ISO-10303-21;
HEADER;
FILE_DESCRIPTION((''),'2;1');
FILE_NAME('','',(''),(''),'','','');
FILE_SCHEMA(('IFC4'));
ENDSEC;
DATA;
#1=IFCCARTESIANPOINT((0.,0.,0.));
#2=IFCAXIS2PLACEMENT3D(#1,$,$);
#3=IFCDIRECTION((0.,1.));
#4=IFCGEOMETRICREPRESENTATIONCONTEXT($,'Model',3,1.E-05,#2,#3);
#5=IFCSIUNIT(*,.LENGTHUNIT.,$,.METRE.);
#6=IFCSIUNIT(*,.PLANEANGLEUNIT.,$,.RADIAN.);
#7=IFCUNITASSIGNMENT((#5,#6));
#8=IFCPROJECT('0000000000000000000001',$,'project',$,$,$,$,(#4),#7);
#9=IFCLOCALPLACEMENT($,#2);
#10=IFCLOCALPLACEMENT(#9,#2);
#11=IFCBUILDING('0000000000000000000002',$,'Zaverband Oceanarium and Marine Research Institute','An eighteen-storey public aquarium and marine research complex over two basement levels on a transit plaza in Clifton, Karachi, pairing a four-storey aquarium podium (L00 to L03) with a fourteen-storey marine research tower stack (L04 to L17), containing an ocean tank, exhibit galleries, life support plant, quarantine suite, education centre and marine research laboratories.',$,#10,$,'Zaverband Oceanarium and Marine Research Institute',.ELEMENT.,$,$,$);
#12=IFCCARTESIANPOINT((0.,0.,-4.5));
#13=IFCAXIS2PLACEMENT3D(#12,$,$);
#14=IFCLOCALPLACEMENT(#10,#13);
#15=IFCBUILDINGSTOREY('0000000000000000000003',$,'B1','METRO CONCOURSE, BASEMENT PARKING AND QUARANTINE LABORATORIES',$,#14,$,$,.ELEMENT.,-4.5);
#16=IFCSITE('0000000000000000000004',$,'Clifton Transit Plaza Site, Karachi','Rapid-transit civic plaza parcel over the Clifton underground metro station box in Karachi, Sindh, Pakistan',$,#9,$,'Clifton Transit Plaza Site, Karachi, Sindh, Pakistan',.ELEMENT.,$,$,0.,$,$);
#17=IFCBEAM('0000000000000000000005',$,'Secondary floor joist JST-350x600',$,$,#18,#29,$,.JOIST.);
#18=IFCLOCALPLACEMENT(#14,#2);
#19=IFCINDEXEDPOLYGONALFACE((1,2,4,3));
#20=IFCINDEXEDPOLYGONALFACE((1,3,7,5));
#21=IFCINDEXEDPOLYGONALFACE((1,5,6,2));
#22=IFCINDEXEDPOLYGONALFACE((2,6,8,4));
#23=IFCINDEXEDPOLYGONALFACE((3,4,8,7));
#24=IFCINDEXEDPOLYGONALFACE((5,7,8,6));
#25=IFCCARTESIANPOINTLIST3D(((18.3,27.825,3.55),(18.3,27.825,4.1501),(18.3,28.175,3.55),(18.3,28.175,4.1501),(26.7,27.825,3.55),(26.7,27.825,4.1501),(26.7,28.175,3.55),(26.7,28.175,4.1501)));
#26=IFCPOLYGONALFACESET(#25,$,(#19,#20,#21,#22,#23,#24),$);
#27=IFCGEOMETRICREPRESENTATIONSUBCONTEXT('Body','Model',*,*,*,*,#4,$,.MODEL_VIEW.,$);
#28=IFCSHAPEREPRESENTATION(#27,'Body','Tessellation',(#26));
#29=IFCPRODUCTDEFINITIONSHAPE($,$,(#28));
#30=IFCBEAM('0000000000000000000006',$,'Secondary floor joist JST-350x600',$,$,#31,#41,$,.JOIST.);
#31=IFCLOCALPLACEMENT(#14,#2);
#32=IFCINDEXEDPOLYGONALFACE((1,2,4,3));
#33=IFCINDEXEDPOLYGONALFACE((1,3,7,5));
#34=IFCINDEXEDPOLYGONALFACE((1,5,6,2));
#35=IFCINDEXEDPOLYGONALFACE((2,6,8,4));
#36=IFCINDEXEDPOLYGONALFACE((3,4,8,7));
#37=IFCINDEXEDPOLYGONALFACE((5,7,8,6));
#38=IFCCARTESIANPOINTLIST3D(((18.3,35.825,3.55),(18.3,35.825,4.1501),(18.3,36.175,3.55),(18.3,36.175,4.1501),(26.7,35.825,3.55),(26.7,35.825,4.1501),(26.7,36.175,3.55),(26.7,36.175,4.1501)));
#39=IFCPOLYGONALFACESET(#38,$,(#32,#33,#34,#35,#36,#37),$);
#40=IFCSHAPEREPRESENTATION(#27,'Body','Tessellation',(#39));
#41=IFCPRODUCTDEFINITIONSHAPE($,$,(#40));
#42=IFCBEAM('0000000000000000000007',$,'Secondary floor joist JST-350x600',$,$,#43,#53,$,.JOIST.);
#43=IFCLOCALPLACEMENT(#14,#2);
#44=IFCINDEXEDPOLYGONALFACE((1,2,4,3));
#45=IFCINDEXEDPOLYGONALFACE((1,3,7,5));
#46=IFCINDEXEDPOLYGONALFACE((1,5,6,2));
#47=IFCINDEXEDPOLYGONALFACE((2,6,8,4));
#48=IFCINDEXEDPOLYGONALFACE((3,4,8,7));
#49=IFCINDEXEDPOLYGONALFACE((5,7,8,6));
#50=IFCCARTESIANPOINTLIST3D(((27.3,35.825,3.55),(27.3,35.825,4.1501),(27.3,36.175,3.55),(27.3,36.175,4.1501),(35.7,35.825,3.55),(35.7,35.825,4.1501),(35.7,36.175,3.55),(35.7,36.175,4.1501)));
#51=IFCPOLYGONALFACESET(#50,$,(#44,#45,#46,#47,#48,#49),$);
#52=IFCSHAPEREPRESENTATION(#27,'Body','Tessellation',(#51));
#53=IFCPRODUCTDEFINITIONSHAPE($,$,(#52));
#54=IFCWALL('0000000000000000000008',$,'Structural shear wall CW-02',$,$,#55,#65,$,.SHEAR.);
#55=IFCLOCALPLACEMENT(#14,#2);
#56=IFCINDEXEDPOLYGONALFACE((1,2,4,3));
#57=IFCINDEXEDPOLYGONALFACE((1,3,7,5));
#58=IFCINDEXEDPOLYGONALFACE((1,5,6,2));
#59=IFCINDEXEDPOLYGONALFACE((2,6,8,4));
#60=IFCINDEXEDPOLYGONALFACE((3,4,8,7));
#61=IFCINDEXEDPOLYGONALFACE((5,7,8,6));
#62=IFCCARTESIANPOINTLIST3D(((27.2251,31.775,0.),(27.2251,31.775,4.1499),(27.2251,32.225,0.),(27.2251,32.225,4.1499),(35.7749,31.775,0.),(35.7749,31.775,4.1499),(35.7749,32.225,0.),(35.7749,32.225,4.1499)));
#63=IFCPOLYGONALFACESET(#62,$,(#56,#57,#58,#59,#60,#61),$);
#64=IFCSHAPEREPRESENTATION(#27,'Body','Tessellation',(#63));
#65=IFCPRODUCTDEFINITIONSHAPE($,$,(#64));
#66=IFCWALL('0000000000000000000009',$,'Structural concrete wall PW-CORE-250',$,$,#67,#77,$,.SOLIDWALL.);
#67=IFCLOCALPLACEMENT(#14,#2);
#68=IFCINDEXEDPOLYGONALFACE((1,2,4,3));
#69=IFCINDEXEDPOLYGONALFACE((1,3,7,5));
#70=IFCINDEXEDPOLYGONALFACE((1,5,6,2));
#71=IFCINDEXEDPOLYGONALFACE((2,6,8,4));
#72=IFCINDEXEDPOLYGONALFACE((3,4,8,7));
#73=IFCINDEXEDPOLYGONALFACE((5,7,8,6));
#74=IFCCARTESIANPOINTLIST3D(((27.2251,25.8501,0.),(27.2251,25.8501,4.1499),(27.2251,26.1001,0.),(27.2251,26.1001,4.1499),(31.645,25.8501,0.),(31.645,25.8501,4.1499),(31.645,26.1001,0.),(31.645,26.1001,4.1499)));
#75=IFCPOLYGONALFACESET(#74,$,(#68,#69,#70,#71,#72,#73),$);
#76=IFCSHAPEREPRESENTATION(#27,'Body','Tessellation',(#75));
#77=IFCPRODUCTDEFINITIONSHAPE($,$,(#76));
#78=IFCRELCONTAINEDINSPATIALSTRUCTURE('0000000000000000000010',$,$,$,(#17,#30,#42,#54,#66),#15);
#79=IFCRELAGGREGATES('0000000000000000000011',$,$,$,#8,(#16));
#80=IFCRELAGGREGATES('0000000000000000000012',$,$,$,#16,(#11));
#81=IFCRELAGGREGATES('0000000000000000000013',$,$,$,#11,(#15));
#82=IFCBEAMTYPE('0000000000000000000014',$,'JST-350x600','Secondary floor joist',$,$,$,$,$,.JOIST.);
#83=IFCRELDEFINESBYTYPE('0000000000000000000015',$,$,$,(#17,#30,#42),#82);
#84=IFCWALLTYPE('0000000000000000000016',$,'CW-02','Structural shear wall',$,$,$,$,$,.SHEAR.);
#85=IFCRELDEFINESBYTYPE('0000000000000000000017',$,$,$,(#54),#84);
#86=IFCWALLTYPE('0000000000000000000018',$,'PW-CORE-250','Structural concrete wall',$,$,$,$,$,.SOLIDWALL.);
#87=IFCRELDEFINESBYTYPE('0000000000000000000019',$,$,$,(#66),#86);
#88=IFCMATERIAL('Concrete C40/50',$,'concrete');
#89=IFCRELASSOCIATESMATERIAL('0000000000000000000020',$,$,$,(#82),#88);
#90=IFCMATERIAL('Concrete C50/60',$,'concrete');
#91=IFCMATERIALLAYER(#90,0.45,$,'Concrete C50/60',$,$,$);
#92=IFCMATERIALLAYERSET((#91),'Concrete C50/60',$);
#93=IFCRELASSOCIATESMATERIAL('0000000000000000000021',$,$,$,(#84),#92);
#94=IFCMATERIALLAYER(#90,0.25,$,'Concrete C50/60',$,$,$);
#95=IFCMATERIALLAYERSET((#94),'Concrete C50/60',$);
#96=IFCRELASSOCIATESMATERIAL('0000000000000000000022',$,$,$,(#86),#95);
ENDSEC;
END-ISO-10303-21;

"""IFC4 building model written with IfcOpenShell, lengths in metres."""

from ifc_helpers import new_model, si_unit, direction, frame, frame_2d, origin, origin_2d, place, context, subcontext, project, spatial, rectangle, extrude, material, layer, layer_set, material_profile, profile_set, type_object, element, save


model = new_model("IFC4")

# Units and contexts
model_context = context("Model", 3, precision=1e-05, world=origin(), true_north=direction((0.0, 1.0)))
body_context = subcontext(model_context, "Body", "Model", "MODEL_VIEW")
ifc_project = project(units=[si_unit("LENGTHUNIT", "METRE"), si_unit("PLANEANGLEUNIT", "RADIAN")], contexts=[model_context])

# Site, building, storey
site_placement = place(None, origin())
site = spatial("IfcSite", under=ifc_project, at=site_placement, Name="Clifton Transit Plaza Site, Karachi", Description="Rapid-transit civic plaza parcel over the Clifton underground metro station box in Karachi, Sindh, Pakistan", LongName="Clifton Transit Plaza Site, Karachi, Sindh, Pakistan", CompositionType="ELEMENT", RefElevation=0.0)
building_placement = place(site_placement, origin())
building = spatial("IfcBuilding", under=site, at=building_placement, Name="Zaverband Oceanarium and Marine Research Institute", Description="An eighteen-storey public aquarium and marine research complex over two basement levels on a transit plaza in Clifton, Karachi, pairing a four-storey aquarium podium (L00 to L03) with a fourteen-storey marine research tower stack (L04 to L17), containing an ocean tank, exhibit galleries, life support plant, quarantine suite, education centre and marine research laboratories.", LongName="Zaverband Oceanarium and Marine Research Institute", CompositionType="ELEMENT")
storey_placement = place(building_placement, frame((0.0, 0.0, -4.5)))
storey = spatial("IfcBuildingStorey", under=building, at=storey_placement, Name="B1", Description="METRO CONCOURSE, BASEMENT PARKING AND QUARANTINE LABORATORIES", CompositionType="ELEMENT", Elevation=-4.5)

# Shared definitions
ifc_material_1 = material(Name="Concrete C50/60", Category="concrete")

# Beams
ifc_material_2 = material(Name="Concrete C40/50", Category="concrete")
ifc_material_profile_1 = material_profile(ifc_material_2, rectangle(XDim=0.3501, YDim=0.6001, at=origin_2d()), Name="RC350x600")
ifc_profile_set_1 = profile_set([ifc_material_profile_1], Name="Concrete C40/50")
beam_type_1 = type_object("IfcBeamType", Name="JST-350x600", Description="Secondary floor joist", PredefinedType="JOIST", material=ifc_profile_set_1)
for number, where, z_axis, x_axis, name in (
    (1, (18.3, 28.0, 3.8501), (1.0, 0.0, 0.0), (0.0, 1.0, 0.0), "Secondary floor joist JST-350x600"),
    (2, (18.3, 36.0, 3.8501), (1.0, 0.0, 0.0), (0.0, 1.0, 0.0), "Secondary floor joist JST-350x600"),
    (3, (27.3, 36.0, 3.8501), (1.0, 0.0, 0.0), (0.0, 1.0, 0.0), "Secondary floor joist JST-350x600"),
):
    element("IfcBeam", number, at=place(storey_placement, frame(where, z_axis=z_axis, x_axis=x_axis)), inside=storey, type_object=beam_type_1, Name=name, PredefinedType="JOIST", context=body_context, shape_type="SweptSolid", body=[
        extrude(rectangle(XDim=0.3501, YDim=0.6001, at=origin_2d()), origin(), (0.0, 0.0, 1.0), 8.3999),
    ])

# Walls
ifc_layer_1 = layer(ifc_material_1, 0.45, Name="Concrete C50/60")
ifc_layer_set_1 = layer_set([ifc_layer_1], Name="Concrete C50/60")
wall_type_1 = type_object("IfcWallType", Name="CW-02", Description="Structural shear wall", PredefinedType="SHEAR", material=ifc_layer_set_1)
wall_1_placement = place(storey_placement, frame((27.2251, 32.0, 0.0), z_axis=(0.0, 0.0, 1.0), x_axis=(1.0, 0.0, 0.0)))
element("IfcWall", 4, at=wall_1_placement, inside=storey, type_object=wall_type_1, Name="Structural shear wall CW-02", PredefinedType="SHEAR", context=body_context, shape_type="SweptSolid", body=[
    extrude(rectangle(XDim=8.5498, YDim=0.45, at=frame_2d((4.2749, 0.0))), origin(), (0.0, 0.0, 1.0), 4.1499),
])
ifc_layer_2 = layer(ifc_material_1, 0.25, Name="Concrete C50/60")
ifc_layer_set_2 = layer_set([ifc_layer_2], Name="Concrete C50/60")
wall_type_2 = type_object("IfcWallType", Name="PW-CORE-250", Description="Structural concrete wall", PredefinedType="SOLIDWALL", material=ifc_layer_set_2)
wall_2_placement = place(storey_placement, frame((27.2251, 25.9751, 0.0), z_axis=(0.0, 0.0, 1.0), x_axis=(1.0, 0.0, 0.0)))
element("IfcWall", 5, at=wall_2_placement, inside=storey, type_object=wall_type_2, Name="Structural concrete wall PW-CORE-250", PredefinedType="SOLIDWALL", context=body_context, shape_type="SweptSolid", body=[
    extrude(rectangle(XDim=4.4199, YDim=0.25, at=frame_2d((2.21, 0.0))), origin(), (0.0, 0.0, 1.0), 4.1499),
])

save(model, "model.ifc")
